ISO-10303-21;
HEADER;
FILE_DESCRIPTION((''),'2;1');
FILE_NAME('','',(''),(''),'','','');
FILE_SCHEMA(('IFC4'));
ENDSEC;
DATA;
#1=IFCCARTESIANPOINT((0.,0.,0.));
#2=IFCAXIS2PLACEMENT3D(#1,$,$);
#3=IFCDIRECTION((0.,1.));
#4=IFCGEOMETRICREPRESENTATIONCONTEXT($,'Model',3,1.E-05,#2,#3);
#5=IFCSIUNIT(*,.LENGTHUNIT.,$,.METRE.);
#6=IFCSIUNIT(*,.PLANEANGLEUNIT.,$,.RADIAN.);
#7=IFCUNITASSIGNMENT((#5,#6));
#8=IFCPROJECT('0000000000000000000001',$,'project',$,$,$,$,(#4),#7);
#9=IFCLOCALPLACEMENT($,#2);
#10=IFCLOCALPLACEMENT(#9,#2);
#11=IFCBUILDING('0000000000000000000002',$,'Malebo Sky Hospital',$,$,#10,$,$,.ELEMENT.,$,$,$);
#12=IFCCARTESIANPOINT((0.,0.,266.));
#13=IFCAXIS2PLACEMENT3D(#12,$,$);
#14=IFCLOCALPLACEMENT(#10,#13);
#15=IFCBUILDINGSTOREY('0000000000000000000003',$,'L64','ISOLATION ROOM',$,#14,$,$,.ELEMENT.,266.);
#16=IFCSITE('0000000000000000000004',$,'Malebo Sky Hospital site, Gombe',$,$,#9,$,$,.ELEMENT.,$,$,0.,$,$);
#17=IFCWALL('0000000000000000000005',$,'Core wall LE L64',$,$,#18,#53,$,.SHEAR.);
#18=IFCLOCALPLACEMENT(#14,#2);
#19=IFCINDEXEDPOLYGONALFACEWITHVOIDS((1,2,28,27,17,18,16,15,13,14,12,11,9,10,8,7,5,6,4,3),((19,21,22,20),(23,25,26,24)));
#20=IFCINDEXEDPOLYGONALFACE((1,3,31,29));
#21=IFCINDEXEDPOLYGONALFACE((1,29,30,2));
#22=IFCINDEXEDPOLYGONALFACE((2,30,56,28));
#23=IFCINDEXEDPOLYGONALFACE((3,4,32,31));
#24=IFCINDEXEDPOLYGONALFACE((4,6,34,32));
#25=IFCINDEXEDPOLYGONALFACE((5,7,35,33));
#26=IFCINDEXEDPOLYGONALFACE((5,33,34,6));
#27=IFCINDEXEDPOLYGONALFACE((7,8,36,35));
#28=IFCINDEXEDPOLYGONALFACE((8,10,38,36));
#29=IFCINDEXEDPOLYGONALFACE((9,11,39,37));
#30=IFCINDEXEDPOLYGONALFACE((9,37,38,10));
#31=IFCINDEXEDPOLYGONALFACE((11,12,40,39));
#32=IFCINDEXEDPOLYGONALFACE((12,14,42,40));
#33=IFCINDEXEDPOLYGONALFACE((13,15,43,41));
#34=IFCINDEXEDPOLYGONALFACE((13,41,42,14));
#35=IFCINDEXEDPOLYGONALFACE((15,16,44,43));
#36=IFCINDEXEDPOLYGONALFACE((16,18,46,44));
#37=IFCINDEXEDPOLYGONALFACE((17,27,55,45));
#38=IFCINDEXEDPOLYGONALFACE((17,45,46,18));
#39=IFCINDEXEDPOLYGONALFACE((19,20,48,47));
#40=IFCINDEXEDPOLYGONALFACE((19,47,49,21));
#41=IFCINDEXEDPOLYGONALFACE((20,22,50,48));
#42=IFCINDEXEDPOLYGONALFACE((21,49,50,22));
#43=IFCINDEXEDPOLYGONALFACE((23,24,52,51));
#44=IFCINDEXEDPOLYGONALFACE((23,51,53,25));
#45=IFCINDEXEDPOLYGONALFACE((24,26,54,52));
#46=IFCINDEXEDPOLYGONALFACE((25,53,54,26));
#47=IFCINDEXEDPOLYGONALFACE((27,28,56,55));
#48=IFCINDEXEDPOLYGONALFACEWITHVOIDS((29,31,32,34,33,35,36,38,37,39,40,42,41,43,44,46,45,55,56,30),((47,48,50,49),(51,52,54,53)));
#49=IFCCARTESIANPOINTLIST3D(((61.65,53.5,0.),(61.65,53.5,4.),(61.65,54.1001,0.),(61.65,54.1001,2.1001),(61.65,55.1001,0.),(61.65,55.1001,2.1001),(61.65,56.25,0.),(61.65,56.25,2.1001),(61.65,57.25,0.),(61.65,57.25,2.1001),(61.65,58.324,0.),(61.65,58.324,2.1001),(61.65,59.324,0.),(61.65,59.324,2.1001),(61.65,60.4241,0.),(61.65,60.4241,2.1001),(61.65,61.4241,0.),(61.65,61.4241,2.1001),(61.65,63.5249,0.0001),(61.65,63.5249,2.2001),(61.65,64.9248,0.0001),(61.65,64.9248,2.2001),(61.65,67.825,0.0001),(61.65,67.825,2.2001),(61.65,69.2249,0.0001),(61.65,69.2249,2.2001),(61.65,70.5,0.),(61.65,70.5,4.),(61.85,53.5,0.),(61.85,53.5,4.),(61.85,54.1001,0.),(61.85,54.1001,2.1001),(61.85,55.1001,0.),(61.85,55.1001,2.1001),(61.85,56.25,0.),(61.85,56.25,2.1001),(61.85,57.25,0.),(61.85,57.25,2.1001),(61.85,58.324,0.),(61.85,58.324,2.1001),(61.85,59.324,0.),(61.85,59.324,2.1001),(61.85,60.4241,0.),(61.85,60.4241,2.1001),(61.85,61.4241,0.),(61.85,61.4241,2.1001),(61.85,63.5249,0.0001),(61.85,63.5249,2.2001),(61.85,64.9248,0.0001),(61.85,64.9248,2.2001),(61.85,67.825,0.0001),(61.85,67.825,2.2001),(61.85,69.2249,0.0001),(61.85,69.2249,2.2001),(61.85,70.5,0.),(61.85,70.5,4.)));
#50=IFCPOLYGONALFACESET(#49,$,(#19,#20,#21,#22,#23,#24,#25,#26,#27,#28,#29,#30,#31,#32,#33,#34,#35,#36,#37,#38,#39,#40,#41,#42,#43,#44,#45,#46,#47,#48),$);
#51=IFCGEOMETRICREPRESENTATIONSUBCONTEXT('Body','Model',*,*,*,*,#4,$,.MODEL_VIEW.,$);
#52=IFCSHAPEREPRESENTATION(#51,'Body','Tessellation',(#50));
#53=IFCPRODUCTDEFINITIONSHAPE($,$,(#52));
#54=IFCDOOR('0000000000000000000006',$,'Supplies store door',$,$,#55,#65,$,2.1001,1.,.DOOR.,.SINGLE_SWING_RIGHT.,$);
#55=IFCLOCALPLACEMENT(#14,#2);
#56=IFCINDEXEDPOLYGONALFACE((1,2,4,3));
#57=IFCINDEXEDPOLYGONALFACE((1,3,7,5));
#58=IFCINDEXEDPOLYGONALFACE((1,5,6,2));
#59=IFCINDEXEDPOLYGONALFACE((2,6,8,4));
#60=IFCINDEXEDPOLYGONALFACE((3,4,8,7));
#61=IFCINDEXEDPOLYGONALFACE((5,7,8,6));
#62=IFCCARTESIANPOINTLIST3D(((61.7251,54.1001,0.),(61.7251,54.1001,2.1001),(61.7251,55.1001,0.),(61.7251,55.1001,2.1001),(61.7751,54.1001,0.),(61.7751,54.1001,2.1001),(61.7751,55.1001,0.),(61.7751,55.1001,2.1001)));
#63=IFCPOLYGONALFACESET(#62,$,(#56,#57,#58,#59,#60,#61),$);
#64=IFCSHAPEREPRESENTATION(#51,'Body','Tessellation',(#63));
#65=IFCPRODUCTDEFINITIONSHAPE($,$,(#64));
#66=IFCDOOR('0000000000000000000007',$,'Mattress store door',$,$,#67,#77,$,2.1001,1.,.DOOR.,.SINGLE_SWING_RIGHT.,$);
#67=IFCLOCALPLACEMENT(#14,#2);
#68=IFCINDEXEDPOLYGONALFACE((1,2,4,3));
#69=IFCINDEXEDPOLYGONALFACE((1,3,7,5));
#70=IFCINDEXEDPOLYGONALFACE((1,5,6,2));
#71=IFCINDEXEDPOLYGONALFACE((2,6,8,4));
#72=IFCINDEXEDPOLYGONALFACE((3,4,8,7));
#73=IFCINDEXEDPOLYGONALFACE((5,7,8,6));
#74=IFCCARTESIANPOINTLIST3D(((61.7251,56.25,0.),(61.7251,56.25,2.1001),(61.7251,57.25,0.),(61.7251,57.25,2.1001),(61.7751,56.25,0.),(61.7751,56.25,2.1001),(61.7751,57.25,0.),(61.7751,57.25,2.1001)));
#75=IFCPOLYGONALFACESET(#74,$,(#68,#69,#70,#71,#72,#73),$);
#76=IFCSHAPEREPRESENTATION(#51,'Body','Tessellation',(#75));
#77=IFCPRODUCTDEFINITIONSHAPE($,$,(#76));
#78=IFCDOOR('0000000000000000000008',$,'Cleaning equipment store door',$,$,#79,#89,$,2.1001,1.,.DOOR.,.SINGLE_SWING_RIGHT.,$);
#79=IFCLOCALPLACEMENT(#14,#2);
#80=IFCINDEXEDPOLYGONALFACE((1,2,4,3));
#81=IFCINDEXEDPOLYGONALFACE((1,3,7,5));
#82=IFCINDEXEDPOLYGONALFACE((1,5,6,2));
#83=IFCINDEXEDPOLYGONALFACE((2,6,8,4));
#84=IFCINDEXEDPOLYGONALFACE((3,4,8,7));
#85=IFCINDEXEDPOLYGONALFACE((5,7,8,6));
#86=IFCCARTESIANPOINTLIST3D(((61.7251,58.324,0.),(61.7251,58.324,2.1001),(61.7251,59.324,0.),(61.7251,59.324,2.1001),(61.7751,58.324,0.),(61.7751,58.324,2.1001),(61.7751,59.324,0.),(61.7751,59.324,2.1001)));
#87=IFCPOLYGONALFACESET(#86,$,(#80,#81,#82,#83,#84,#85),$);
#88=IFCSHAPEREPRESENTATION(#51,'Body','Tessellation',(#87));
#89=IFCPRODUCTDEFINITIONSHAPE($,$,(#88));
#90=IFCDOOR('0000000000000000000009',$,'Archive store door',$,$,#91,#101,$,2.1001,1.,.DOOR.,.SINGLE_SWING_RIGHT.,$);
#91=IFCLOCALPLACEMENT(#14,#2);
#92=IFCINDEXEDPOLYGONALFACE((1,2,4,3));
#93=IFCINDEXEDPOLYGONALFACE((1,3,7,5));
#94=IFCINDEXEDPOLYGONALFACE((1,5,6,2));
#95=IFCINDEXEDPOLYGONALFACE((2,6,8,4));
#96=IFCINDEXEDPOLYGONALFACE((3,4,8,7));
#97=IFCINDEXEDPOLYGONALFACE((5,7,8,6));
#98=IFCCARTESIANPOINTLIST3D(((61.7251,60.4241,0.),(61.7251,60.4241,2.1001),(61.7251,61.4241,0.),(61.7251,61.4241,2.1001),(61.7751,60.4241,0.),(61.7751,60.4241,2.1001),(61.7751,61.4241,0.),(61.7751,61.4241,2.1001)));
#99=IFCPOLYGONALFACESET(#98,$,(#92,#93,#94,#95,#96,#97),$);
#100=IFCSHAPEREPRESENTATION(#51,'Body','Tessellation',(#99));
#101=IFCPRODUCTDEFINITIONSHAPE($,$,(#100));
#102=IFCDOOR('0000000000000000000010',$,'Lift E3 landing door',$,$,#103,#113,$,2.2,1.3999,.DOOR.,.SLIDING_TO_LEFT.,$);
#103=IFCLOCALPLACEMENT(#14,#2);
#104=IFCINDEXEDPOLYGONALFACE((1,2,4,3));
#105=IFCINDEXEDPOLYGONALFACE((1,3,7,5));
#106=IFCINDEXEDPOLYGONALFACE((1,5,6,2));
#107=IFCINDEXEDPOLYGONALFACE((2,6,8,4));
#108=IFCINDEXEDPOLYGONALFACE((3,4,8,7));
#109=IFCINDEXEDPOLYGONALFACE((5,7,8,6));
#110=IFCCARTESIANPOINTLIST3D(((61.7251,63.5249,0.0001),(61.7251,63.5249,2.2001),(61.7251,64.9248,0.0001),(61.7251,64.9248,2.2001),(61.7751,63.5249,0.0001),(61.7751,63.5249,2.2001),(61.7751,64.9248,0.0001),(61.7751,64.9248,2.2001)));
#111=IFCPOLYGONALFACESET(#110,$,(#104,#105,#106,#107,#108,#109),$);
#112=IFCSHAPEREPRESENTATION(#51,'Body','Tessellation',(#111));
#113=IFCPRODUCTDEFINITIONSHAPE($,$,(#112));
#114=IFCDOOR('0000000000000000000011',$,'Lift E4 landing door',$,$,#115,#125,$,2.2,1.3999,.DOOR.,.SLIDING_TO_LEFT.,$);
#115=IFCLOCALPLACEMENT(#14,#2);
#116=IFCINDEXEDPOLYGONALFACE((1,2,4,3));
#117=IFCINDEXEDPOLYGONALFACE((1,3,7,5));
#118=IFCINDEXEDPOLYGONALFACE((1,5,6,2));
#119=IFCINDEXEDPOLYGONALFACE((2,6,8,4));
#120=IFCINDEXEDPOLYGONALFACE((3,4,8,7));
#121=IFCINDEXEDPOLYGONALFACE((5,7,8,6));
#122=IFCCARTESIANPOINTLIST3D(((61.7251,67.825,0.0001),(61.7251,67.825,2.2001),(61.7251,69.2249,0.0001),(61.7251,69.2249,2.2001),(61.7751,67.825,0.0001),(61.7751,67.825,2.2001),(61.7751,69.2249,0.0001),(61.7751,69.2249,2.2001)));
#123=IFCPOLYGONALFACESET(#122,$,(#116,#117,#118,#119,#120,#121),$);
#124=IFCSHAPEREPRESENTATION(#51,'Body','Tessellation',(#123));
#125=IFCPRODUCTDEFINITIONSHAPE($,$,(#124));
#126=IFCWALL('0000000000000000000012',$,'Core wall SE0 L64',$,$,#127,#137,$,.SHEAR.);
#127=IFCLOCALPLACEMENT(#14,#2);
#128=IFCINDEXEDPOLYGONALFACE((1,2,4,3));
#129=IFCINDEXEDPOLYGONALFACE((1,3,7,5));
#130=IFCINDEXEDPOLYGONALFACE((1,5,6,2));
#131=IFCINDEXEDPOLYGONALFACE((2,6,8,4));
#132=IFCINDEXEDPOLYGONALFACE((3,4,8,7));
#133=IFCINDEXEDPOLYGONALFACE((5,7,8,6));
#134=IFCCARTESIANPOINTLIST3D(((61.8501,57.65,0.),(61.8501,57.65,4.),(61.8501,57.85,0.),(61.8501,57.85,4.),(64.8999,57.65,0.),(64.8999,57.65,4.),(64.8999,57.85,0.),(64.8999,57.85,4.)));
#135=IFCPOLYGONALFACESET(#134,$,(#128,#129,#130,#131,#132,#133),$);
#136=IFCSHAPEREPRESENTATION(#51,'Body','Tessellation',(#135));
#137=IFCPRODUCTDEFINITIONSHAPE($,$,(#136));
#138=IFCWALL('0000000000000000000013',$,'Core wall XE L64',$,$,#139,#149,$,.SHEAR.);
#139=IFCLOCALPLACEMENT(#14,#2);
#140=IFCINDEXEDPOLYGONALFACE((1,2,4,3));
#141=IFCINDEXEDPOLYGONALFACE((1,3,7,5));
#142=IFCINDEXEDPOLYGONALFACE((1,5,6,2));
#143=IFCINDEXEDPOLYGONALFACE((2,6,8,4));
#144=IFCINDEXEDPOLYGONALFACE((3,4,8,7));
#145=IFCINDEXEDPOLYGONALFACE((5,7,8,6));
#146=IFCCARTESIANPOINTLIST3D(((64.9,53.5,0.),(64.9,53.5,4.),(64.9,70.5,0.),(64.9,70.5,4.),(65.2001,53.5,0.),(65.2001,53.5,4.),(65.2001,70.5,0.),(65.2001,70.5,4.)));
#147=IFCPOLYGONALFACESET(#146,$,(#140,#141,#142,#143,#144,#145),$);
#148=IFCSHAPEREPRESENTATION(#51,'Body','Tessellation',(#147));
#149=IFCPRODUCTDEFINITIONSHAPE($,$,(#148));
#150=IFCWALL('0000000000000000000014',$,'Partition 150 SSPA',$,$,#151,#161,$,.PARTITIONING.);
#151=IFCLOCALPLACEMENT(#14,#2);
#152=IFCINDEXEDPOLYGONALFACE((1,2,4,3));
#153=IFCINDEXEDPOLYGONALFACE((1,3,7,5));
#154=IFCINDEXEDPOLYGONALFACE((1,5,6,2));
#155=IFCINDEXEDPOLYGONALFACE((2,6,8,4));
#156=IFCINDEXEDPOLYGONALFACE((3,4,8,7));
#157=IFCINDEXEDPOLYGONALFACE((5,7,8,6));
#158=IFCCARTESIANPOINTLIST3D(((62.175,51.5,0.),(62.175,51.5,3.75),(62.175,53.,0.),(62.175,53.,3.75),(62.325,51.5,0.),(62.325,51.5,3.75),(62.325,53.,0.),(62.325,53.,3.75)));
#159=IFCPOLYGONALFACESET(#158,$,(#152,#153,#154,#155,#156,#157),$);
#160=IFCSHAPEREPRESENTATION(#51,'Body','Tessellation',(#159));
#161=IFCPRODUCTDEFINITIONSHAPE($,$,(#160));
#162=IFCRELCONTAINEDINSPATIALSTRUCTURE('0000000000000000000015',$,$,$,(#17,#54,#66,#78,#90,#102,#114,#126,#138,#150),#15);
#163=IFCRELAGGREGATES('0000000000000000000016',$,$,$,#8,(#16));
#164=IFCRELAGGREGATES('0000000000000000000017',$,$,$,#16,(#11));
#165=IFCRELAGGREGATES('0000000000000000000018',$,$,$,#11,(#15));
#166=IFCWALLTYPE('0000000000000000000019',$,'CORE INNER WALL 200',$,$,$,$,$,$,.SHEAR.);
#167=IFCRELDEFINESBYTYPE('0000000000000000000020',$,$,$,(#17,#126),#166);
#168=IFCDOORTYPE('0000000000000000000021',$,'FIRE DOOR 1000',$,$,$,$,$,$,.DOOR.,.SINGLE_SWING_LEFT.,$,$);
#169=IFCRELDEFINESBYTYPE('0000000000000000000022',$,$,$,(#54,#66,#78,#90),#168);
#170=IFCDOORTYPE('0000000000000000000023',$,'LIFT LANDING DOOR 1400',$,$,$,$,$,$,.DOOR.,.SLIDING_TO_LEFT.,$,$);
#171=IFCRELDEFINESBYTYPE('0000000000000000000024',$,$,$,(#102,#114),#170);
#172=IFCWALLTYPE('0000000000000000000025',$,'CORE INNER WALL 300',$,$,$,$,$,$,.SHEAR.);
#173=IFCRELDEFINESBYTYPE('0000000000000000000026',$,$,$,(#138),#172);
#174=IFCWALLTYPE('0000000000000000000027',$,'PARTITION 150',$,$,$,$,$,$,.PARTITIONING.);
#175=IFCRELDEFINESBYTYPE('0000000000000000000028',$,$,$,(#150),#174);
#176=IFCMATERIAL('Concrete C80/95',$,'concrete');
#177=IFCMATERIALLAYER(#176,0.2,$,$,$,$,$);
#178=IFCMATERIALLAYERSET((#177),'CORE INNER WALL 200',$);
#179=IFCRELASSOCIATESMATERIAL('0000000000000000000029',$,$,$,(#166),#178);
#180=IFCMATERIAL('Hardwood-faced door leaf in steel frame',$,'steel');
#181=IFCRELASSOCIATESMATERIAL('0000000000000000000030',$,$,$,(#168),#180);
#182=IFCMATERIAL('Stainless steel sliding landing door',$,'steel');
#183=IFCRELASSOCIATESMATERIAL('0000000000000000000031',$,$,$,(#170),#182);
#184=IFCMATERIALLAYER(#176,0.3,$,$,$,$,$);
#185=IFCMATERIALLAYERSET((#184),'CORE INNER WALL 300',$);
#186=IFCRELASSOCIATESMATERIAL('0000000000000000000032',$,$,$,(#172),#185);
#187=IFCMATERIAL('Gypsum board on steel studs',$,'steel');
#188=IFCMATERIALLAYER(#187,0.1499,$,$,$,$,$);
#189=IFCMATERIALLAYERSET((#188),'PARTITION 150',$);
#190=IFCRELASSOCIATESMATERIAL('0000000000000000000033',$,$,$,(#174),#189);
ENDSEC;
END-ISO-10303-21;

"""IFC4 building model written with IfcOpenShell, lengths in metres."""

from ifc_helpers import new_model, si_unit, direction, frame, frame_2d, origin, place, context, subcontext, project, spatial, rectangle, extrude, material, layer, layer_set, type_object, element, fill, save


model = new_model("IFC4")

# Units and contexts
model_context = context("Model", 3, precision=1e-05, world=origin(), true_north=direction((0.0, 1.0)))
body_context = subcontext(model_context, "Body", "Model", "MODEL_VIEW")
ifc_project = project(units=[si_unit("LENGTHUNIT", "METRE"), si_unit("PLANEANGLEUNIT", "RADIAN")], contexts=[model_context])

# Site, building, storey
site_placement = place(None, origin())
site = spatial("IfcSite", under=ifc_project, at=site_placement, Name="Malebo Sky Hospital site, Gombe", CompositionType="ELEMENT", RefElevation=0.0)
building_placement = place(site_placement, origin())
building = spatial("IfcBuilding", under=site, at=building_placement, Name="Malebo Sky Hospital", CompositionType="ELEMENT")
storey_placement = place(building_placement, frame((0.0, 0.0, 266.0)))
storey = spatial("IfcBuildingStorey", under=building, at=storey_placement, Name="L64", Description="ISOLATION ROOM", CompositionType="ELEMENT", Elevation=266.0)

# Wall, openings, doors
ifc_material_1 = material(Name="Concrete C80/95", Category="concrete")
ifc_layer_1 = layer(ifc_material_1, 0.2)
ifc_layer_set_1 = layer_set([ifc_layer_1], Name="CORE INNER WALL 200")
wall_type_1 = type_object("IfcWallType", Name="CORE INNER WALL 200", PredefinedType="SHEAR", material=ifc_layer_set_1)
ifc_material_2 = material(Name="Hardwood-faced door leaf in steel frame", Category="steel")
door_type_1 = type_object("IfcDoorType", Name="FIRE DOOR 1000", OperationType="SINGLE_SWING_LEFT", PredefinedType="DOOR", material=ifc_material_2)
ifc_material_3 = material(Name="Stainless steel sliding landing door", Category="steel")
door_type_2 = type_object("IfcDoorType", Name="LIFT LANDING DOOR 1400", OperationType="SLIDING_TO_LEFT", PredefinedType="DOOR", material=ifc_material_3)
wall_1_placement = place(storey_placement, frame((61.75, 53.5, 0.0), z_axis=(0.0, 0.0, 1.0), x_axis=(0.0, 1.0, 0.0)))
wall_1 = element("IfcWall", 1, at=wall_1_placement, inside=storey, type_object=wall_type_1, Name="Core wall LE L64", PredefinedType="SHEAR", context=body_context, shape_type="SweptSolid", body=[
    extrude(rectangle(XDim=17.0, YDim=0.2, at=frame_2d((8.5, 0.0))), origin(), (0.0, 0.0, 1.0), 4.0),
])
opening_1_placement = place(wall_1_placement, frame((0.6001, 0.0, 0.0)))
opening_1 = element("IfcOpeningElement", 2, at=opening_1_placement, cuts=wall_1, PredefinedType="OPENING", context=body_context, shape_type="SweptSolid", body=[
    extrude(rectangle(XDim=1.0, YDim=2.1001, at=frame_2d((0.5, 1.05))), frame((0.0, 0.1099, 0.0), z_axis=(0.0, -1.0, 0.0), x_axis=(1.0, 0.0, 0.0)), (0.0, 0.0, 1.0), 0.22),
])
opening_2_placement = place(wall_1_placement, frame((2.75, 0.0, 0.0)))
opening_2 = element("IfcOpeningElement", 3, at=opening_2_placement, cuts=wall_1, PredefinedType="OPENING", context=body_context, shape_type="SweptSolid", body=[
    extrude(rectangle(XDim=1.0, YDim=2.1001, at=frame_2d((0.5, 1.05))), frame((0.0, 0.1099, 0.0), z_axis=(0.0, -1.0, 0.0), x_axis=(1.0, 0.0, 0.0)), (0.0, 0.0, 1.0), 0.22),
])
opening_3_placement = place(wall_1_placement, frame((4.824, 0.0, 0.0)))
opening_3 = element("IfcOpeningElement", 4, at=opening_3_placement, cuts=wall_1, PredefinedType="OPENING", context=body_context, shape_type="SweptSolid", body=[
    extrude(rectangle(XDim=1.0, YDim=2.1001, at=frame_2d((0.5, 1.05))), frame((0.0, 0.1099, 0.0), z_axis=(0.0, -1.0, 0.0), x_axis=(1.0, 0.0, 0.0)), (0.0, 0.0, 1.0), 0.22),
])
opening_4_placement = place(wall_1_placement, frame((6.9241, 0.0, 0.0)))
opening_4 = element("IfcOpeningElement", 5, at=opening_4_placement, cuts=wall_1, PredefinedType="OPENING", context=body_context, shape_type="SweptSolid", body=[
    extrude(rectangle(XDim=1.0, YDim=2.1001, at=frame_2d((0.5, 1.05))), frame((0.0, 0.1099, 0.0), z_axis=(0.0, -1.0, 0.0), x_axis=(1.0, 0.0, 0.0)), (0.0, 0.0, 1.0), 0.22),
])
opening_5_placement = place(wall_1_placement, frame((10.0249, 0.0, 0.0)))
opening_5 = element("IfcOpeningElement", 6, at=opening_5_placement, cuts=wall_1, PredefinedType="OPENING", context=body_context, shape_type="SweptSolid", body=[
    extrude(rectangle(XDim=1.3999, YDim=2.2, at=frame_2d((0.7, 1.1001))), frame((0.0, 0.1099, 0.0), z_axis=(0.0, -1.0, 0.0), x_axis=(1.0, 0.0, 0.0)), (0.0, 0.0, 1.0), 0.22),
])
opening_6_placement = place(wall_1_placement, frame((14.325, 0.0, 0.0)))
opening_6 = element("IfcOpeningElement", 7, at=opening_6_placement, cuts=wall_1, PredefinedType="OPENING", context=body_context, shape_type="SweptSolid", body=[
    extrude(rectangle(XDim=1.3999, YDim=2.2, at=frame_2d((0.7, 1.1001))), frame((0.0, 0.1099, 0.0), z_axis=(0.0, -1.0, 0.0), x_axis=(1.0, 0.0, 0.0)), (0.0, 0.0, 1.0), 0.22),
])
door_1_placement = place(opening_1_placement, origin())
door_1 = element("IfcDoor", 8, at=door_1_placement, inside=storey, type_object=door_type_1, Name="Supplies store door", OperationType="SINGLE_SWING_RIGHT", OverallHeight=2.1001, OverallWidth=1.0, PredefinedType="DOOR", context=body_context, shape_type="SweptSolid", body=[
    extrude(rectangle(XDim=1.0, YDim=2.1001, at=frame_2d((0.5, 1.05))), frame((0.0, 0.0249, 0.0), z_axis=(0.0, -1.0, 0.0), x_axis=(1.0, 0.0, 0.0)), (0.0, 0.0, 1.0), 0.05),
])
fill(opening_1, door_1)
door_2_placement = place(opening_2_placement, origin())
door_2 = element("IfcDoor", 9, at=door_2_placement, inside=storey, type_object=door_type_1, Name="Mattress store door", OperationType="SINGLE_SWING_RIGHT", OverallHeight=2.1001, OverallWidth=1.0, PredefinedType="DOOR", context=body_context, shape_type="SweptSolid", body=[
    extrude(rectangle(XDim=1.0, YDim=2.1001, at=frame_2d((0.5, 1.05))), frame((0.0, 0.0249, 0.0), z_axis=(0.0, -1.0, 0.0), x_axis=(1.0, 0.0, 0.0)), (0.0, 0.0, 1.0), 0.05),
])
fill(opening_2, door_2)
door_3_placement = place(opening_3_placement, origin())
door_3 = element("IfcDoor", 10, at=door_3_placement, inside=storey, type_object=door_type_1, Name="Cleaning equipment store door", OperationType="SINGLE_SWING_RIGHT", OverallHeight=2.1001, OverallWidth=1.0, PredefinedType="DOOR", context=body_context, shape_type="SweptSolid", body=[
    extrude(rectangle(XDim=1.0, YDim=2.1001, at=frame_2d((0.5, 1.05))), frame((0.0, 0.0249, 0.0), z_axis=(0.0, -1.0, 0.0), x_axis=(1.0, 0.0, 0.0)), (0.0, 0.0, 1.0), 0.05),
])
fill(opening_3, door_3)
door_4_placement = place(opening_4_placement, origin())
door_4 = element("IfcDoor", 11, at=door_4_placement, inside=storey, type_object=door_type_1, Name="Archive store door", OperationType="SINGLE_SWING_RIGHT", OverallHeight=2.1001, OverallWidth=1.0, PredefinedType="DOOR", context=body_context, shape_type="SweptSolid", body=[
    extrude(rectangle(XDim=1.0, YDim=2.1001, at=frame_2d((0.5, 1.05))), frame((0.0, 0.0249, 0.0), z_axis=(0.0, -1.0, 0.0), x_axis=(1.0, 0.0, 0.0)), (0.0, 0.0, 1.0), 0.05),
])
fill(opening_4, door_4)
door_5_placement = place(opening_5_placement, origin())
door_5 = element("IfcDoor", 12, at=door_5_placement, inside=storey, type_object=door_type_2, Name="Lift E3 landing door", OperationType="SLIDING_TO_LEFT", OverallHeight=2.2, OverallWidth=1.3999, PredefinedType="DOOR", context=body_context, shape_type="SweptSolid", body=[
    extrude(rectangle(XDim=1.3999, YDim=2.2, at=frame_2d((0.7, 1.1001))), frame((0.0, 0.0249, 0.0), z_axis=(0.0, -1.0, 0.0), x_axis=(1.0, 0.0, 0.0)), (0.0, 0.0, 1.0), 0.05),
])
fill(opening_5, door_5)
door_6_placement = place(opening_6_placement, origin())
door_6 = element("IfcDoor", 13, at=door_6_placement, inside=storey, type_object=door_type_2, Name="Lift E4 landing door", OperationType="SLIDING_TO_LEFT", OverallHeight=2.2, OverallWidth=1.3999, PredefinedType="DOOR", context=body_context, shape_type="SweptSolid", body=[
    extrude(rectangle(XDim=1.3999, YDim=2.2, at=frame_2d((0.7, 1.1001))), frame((0.0, 0.0249, 0.0), z_axis=(0.0, -1.0, 0.0), x_axis=(1.0, 0.0, 0.0)), (0.0, 0.0, 1.0), 0.05),
])
fill(opening_6, door_6)

# Walls
wall_2_placement = place(storey_placement, frame((61.8501, 57.75, 0.0), z_axis=(0.0, 0.0, 1.0), x_axis=(1.0, 0.0, 0.0)))
element("IfcWall", 14, at=wall_2_placement, inside=storey, type_object=wall_type_1, Name="Core wall SE0 L64", PredefinedType="SHEAR", context=body_context, shape_type="SweptSolid", body=[
    extrude(rectangle(XDim=3.0498, YDim=0.2, at=frame_2d((1.5249, 0.0))), origin(), (0.0, 0.0, 1.0), 4.0),
])
ifc_layer_2 = layer(ifc_material_1, 0.3)
ifc_layer_set_2 = layer_set([ifc_layer_2], Name="CORE INNER WALL 300")
wall_type_2 = type_object("IfcWallType", Name="CORE INNER WALL 300", PredefinedType="SHEAR", material=ifc_layer_set_2)
wall_3_placement = place(storey_placement, frame((65.05, 53.5, 0.0), z_axis=(0.0, 0.0, 1.0), x_axis=(0.0, 1.0, 0.0)))
element("IfcWall", 15, at=wall_3_placement, inside=storey, type_object=wall_type_2, Name="Core wall XE L64", PredefinedType="SHEAR", context=body_context, shape_type="SweptSolid", body=[
    extrude(rectangle(XDim=17.0, YDim=0.3, at=frame_2d((8.5, 0.0))), origin(), (0.0, 0.0, 1.0), 4.0),
])
ifc_material_4 = material(Name="Gypsum board on steel studs", Category="steel")
ifc_layer_3 = layer(ifc_material_4, 0.1499)
ifc_layer_set_3 = layer_set([ifc_layer_3], Name="PARTITION 150")
wall_type_3 = type_object("IfcWallType", Name="PARTITION 150", PredefinedType="PARTITIONING", material=ifc_layer_set_3)
for number, where, z_axis, x_axis, name in (
    (16, (62.25, 53.0, 0.0), (0.0, 0.0, 1.0), (0.0, -1.0, 0.0), "Partition 150 SSPA"),
):
    element("IfcWall", number, at=place(storey_placement, frame(where, z_axis=z_axis, x_axis=x_axis)), inside=storey, type_object=wall_type_3, Name=name, PredefinedType="PARTITIONING", context=body_context, shape_type="SweptSolid", body=[
        extrude(rectangle(XDim=1.5, YDim=0.1499, at=frame_2d((0.75, 0.0))), origin(), (0.0, 0.0, 1.0), 3.75),
    ])

save(model, "model.ifc")
